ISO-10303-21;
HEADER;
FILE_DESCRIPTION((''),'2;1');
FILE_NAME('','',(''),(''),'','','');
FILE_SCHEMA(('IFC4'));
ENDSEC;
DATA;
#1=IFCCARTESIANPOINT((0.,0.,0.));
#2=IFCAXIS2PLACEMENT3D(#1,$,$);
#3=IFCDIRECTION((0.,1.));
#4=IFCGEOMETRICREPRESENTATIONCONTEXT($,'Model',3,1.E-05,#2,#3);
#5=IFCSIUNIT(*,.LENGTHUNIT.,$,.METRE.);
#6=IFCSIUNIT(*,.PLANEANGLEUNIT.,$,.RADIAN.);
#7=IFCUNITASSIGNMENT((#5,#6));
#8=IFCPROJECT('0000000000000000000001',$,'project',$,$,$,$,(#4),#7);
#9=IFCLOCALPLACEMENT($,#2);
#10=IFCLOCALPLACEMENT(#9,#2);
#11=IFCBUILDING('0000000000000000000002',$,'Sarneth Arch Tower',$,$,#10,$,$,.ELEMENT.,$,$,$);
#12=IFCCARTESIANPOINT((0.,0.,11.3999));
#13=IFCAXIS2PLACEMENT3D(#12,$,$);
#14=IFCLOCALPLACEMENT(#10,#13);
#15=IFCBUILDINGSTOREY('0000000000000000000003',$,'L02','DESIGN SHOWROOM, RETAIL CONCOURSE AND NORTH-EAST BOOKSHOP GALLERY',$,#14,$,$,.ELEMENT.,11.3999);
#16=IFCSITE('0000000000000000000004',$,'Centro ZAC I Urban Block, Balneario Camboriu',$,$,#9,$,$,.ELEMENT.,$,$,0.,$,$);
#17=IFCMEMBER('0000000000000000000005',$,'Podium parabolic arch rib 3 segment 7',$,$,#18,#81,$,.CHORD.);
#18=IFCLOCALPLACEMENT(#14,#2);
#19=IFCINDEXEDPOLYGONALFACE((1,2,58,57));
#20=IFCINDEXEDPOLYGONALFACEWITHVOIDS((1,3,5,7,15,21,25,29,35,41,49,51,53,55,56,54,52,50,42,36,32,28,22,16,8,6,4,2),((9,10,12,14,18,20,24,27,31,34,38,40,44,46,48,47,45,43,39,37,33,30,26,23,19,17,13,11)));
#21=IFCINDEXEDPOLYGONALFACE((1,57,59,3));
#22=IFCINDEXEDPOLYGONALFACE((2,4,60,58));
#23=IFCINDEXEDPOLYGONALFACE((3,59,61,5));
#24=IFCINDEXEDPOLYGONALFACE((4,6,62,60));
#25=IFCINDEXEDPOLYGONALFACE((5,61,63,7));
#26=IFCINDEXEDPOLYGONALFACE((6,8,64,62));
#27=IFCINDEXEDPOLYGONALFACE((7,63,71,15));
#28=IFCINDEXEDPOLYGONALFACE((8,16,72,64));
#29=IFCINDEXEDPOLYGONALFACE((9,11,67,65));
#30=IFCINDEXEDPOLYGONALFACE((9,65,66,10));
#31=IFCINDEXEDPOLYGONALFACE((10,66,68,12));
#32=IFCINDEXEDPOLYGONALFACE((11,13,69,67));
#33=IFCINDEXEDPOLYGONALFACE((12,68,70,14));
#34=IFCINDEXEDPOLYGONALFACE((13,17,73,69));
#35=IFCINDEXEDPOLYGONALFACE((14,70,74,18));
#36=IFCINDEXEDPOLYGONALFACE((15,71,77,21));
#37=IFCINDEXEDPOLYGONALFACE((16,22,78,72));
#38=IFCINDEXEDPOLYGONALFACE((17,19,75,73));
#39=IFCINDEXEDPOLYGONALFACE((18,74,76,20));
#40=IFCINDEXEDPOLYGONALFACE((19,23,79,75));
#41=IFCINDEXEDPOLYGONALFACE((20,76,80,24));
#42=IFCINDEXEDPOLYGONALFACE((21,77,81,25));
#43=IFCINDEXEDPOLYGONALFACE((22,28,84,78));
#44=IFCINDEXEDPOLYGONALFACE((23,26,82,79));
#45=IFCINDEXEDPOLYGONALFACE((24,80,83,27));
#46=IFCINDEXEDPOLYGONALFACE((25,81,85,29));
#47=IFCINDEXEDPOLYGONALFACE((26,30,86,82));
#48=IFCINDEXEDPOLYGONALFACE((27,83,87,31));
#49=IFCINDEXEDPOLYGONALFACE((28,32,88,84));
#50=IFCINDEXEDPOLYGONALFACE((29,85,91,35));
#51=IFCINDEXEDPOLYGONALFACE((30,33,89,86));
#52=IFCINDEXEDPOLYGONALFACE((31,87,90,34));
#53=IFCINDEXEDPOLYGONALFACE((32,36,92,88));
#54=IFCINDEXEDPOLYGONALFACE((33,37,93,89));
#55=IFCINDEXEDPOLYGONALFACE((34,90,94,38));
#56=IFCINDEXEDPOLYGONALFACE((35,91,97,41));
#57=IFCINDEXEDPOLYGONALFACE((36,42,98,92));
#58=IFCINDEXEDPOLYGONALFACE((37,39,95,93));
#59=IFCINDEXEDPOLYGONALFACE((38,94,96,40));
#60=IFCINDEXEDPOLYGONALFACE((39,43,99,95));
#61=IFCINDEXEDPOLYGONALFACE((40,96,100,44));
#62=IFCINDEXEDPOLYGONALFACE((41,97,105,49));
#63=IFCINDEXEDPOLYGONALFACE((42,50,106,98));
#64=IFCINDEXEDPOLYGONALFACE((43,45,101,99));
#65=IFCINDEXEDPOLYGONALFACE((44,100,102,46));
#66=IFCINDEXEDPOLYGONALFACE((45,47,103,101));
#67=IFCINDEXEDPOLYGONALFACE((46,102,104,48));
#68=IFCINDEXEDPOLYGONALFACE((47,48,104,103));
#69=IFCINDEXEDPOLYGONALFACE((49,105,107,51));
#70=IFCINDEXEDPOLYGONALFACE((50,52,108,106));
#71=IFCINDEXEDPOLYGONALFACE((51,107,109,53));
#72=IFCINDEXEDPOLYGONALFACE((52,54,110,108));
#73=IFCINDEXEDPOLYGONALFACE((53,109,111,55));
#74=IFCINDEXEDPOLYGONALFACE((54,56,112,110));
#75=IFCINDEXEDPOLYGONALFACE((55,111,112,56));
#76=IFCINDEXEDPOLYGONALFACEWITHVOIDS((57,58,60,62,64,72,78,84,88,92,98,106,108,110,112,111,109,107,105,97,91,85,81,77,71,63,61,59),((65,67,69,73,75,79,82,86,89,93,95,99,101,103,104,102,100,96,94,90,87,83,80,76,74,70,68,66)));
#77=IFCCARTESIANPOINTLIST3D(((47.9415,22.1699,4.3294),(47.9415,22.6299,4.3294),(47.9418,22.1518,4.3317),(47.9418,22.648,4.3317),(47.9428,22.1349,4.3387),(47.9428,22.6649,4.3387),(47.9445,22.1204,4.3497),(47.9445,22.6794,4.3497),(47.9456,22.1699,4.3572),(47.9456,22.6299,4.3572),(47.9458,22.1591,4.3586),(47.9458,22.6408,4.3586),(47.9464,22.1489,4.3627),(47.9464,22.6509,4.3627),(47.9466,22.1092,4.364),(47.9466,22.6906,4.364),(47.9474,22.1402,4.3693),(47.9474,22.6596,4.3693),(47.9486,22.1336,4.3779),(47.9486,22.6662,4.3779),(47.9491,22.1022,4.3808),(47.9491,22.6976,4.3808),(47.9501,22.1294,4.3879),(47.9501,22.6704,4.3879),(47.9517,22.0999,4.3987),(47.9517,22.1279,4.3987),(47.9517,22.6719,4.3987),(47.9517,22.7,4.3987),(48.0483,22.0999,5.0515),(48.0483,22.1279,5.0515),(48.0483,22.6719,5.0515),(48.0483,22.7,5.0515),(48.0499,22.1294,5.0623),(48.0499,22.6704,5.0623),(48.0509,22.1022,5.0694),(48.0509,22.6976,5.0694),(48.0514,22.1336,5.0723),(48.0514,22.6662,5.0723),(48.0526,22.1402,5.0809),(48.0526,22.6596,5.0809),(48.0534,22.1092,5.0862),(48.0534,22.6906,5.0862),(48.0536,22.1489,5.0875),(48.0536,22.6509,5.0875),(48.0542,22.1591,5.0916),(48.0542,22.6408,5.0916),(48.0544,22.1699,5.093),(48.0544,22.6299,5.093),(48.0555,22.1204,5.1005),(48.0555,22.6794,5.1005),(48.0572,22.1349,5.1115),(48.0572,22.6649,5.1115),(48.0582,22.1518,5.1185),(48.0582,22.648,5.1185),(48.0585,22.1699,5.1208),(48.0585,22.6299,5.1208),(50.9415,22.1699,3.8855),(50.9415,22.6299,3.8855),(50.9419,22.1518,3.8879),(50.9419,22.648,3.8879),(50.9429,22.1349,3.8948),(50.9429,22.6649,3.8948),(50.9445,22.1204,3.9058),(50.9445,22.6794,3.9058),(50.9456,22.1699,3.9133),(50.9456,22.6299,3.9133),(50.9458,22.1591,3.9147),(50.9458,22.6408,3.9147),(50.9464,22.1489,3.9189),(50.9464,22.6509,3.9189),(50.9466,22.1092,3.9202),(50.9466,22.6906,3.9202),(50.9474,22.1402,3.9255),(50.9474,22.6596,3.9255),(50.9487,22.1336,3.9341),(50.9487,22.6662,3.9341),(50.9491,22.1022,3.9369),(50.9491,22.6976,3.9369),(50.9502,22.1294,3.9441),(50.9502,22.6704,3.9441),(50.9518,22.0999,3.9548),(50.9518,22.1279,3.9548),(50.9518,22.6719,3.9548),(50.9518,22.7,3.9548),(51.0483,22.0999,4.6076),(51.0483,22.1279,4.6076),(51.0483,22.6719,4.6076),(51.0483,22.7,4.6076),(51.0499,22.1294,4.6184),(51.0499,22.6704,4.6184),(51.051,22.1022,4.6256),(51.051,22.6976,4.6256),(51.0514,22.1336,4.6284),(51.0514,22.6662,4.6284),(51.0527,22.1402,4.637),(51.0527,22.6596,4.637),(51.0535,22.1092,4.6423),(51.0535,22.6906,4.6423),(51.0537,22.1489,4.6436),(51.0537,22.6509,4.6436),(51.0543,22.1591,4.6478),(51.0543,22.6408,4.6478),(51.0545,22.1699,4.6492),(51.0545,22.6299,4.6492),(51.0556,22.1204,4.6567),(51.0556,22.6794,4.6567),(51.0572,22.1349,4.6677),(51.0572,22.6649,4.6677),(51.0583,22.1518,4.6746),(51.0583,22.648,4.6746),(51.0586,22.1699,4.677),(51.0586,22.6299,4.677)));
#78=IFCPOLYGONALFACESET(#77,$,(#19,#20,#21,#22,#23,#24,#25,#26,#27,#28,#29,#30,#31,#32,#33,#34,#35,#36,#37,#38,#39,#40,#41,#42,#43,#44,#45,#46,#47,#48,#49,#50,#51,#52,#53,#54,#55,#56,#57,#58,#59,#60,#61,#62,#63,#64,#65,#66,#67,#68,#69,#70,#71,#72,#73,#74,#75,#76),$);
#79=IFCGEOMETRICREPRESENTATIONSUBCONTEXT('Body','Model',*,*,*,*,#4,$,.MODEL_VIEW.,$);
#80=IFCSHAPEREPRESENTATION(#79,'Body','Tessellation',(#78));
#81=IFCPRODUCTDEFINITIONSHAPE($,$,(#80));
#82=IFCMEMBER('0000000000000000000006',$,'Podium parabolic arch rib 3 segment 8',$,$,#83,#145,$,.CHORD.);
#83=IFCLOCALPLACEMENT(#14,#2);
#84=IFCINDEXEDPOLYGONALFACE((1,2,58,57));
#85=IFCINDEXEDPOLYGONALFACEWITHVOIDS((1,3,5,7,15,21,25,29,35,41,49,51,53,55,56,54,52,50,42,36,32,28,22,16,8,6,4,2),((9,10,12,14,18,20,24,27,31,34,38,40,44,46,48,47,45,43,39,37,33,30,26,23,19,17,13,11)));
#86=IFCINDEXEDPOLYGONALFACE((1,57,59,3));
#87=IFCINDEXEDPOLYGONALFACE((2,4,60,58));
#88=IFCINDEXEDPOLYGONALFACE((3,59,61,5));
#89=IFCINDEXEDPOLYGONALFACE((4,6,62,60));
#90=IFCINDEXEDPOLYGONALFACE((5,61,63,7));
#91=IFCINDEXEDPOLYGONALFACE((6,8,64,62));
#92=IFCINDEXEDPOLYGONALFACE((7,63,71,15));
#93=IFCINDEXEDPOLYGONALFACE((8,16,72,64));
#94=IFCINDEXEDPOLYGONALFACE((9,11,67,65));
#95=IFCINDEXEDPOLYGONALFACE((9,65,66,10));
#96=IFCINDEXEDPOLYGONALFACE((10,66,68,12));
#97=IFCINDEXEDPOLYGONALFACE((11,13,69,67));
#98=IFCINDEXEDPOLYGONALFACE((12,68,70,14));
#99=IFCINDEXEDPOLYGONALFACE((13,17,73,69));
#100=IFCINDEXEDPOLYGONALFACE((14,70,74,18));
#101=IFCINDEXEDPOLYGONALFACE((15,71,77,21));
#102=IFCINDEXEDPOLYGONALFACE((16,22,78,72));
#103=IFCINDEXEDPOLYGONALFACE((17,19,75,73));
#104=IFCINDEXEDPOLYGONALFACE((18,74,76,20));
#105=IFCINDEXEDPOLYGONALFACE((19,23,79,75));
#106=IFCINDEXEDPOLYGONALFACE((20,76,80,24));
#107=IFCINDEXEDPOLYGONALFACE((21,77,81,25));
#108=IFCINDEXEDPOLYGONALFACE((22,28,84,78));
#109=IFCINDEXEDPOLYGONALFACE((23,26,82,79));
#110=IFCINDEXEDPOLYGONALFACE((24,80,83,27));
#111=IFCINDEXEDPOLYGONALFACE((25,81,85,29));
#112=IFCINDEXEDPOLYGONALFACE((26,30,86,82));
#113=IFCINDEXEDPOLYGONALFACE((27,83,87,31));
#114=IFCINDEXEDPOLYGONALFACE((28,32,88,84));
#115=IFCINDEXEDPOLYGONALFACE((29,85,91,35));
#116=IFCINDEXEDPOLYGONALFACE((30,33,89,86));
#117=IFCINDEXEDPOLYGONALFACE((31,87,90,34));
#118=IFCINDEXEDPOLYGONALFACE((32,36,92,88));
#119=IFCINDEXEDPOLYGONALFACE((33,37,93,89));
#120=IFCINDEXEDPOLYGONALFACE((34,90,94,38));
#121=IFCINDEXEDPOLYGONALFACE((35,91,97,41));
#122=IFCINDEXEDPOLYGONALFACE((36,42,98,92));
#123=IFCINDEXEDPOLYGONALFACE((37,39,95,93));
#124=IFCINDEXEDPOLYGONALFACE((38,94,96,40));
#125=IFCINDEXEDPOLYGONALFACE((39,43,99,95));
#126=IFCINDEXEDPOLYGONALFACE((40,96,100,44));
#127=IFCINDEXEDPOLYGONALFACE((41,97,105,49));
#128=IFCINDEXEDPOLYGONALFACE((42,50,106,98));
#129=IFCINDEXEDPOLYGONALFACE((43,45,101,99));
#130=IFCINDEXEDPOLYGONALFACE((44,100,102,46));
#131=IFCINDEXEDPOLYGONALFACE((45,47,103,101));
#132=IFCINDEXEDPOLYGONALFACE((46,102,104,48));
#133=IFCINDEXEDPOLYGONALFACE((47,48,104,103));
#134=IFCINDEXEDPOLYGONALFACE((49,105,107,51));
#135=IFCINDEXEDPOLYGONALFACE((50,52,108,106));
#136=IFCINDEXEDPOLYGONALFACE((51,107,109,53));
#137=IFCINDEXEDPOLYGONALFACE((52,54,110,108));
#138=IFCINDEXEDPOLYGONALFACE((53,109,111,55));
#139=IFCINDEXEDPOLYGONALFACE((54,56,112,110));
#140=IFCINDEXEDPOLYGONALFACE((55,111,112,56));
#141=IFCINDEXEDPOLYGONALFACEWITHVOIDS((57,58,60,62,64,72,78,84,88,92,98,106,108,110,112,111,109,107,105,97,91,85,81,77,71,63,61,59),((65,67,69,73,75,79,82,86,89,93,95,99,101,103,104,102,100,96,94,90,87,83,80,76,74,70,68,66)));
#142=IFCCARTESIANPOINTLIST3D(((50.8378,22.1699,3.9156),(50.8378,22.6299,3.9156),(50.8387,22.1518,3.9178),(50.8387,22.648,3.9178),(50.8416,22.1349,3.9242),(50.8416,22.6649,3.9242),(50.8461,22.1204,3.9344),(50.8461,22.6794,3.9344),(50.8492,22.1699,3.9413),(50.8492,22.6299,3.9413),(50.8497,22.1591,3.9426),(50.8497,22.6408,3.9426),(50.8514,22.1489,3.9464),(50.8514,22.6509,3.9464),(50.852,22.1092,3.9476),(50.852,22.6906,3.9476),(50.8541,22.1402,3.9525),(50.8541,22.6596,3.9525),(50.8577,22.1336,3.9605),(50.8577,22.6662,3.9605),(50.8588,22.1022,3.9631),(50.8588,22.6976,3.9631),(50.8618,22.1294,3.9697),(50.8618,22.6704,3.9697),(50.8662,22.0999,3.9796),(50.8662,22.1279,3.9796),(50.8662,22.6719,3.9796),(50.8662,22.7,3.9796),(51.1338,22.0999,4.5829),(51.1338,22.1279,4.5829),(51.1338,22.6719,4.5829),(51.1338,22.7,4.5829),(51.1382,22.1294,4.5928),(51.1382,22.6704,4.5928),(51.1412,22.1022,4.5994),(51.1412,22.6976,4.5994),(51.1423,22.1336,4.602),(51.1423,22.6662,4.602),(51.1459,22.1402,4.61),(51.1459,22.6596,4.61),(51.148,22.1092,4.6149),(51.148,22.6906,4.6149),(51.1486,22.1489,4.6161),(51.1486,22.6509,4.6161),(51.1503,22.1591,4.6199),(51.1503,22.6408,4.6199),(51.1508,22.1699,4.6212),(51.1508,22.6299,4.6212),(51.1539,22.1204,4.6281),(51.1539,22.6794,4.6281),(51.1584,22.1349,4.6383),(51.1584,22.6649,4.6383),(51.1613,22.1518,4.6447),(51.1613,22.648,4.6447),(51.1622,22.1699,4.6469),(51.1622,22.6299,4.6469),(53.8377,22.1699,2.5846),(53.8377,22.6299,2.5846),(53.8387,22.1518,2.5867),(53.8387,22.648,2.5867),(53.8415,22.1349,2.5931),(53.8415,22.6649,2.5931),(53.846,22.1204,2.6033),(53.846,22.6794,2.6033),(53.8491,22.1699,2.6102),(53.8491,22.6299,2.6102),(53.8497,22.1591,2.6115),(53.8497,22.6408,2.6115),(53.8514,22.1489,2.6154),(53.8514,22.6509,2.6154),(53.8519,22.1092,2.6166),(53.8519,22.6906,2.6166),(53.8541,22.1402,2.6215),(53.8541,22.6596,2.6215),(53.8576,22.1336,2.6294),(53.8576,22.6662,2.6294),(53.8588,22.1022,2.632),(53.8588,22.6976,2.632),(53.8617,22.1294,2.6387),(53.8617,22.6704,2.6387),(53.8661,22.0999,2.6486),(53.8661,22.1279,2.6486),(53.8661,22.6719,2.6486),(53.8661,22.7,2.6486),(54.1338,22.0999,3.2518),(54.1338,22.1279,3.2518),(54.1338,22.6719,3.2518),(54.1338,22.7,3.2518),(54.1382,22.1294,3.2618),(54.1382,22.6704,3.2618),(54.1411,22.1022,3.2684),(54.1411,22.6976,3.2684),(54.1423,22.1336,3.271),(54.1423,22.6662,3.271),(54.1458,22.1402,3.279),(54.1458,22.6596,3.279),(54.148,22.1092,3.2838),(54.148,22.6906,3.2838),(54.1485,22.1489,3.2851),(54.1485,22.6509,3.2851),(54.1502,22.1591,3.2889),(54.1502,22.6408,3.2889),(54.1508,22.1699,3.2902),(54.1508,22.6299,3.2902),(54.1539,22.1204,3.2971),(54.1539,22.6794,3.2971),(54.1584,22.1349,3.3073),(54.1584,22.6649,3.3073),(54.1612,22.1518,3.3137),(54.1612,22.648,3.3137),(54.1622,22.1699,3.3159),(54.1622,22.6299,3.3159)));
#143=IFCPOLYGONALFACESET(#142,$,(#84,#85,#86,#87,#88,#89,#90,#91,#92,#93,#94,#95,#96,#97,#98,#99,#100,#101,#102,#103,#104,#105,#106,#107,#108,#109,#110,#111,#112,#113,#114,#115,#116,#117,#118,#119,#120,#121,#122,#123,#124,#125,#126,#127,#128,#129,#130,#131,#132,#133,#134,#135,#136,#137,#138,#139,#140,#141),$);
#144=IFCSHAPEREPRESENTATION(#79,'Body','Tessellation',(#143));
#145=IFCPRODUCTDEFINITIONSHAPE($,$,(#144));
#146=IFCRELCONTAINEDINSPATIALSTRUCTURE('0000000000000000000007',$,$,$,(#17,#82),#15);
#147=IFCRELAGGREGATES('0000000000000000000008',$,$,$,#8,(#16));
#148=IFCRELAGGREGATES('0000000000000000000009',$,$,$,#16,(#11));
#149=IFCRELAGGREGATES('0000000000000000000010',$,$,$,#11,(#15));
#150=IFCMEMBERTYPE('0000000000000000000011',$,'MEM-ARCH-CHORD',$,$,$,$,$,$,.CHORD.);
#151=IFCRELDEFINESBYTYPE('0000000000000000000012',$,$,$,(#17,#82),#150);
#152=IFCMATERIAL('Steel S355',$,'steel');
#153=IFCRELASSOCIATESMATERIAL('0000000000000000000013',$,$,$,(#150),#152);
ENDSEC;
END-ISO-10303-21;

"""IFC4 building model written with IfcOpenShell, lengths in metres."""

from ifc_helpers import new_model, si_unit, direction, frame, origin, origin_2d, place, context, subcontext, project, spatial, hollow_rectangle, extrude, material, material_profile, profile_set, type_object, element, save


model = new_model("IFC4")

# Units and contexts
model_context = context("Model", 3, precision=1e-05, world=origin(), true_north=direction((0.0, 1.0)))
body_context = subcontext(model_context, "Body", "Model", "MODEL_VIEW")
ifc_project = project(units=[si_unit("LENGTHUNIT", "METRE"), si_unit("PLANEANGLEUNIT", "RADIAN")], contexts=[model_context])

# Site, building, storey
site_placement = place(None, origin())
site = spatial("IfcSite", under=ifc_project, at=site_placement, Name="Centro ZAC I Urban Block, Balneario Camboriu", CompositionType="ELEMENT", RefElevation=0.0)
building_placement = place(site_placement, origin())
building = spatial("IfcBuilding", under=site, at=building_placement, Name="Sarneth Arch Tower", CompositionType="ELEMENT")
storey_placement = place(building_placement, frame((0.0, 0.0, 11.3999)))
storey = spatial("IfcBuildingStorey", under=building, at=storey_placement, Name="L02", Description="DESIGN SHOWROOM, RETAIL CONCOURSE AND NORTH-EAST BOOKSHOP GALLERY", CompositionType="ELEMENT", Elevation=11.3999)

# Members
ifc_material_1 = material(Name="Steel S355", Category="steel")
ifc_material_profile_1 = material_profile(ifc_material_1, hollow_rectangle(XDim=0.6001, YDim=0.8, WallThickness=0.0281, InnerFilletRadius=0.042, OuterFilletRadius=0.0701, at=origin_2d()), Name="RHS800x600x28")
ifc_profile_set_1 = profile_set([ifc_material_profile_1], Name="Steel S355")
member_type_1 = type_object("IfcMemberType", Name="MEM-ARCH-CHORD", PredefinedType="CHORD", material=ifc_profile_set_1)
member_1_placement = place(storey_placement, frame((48.0, 22.3999, 4.7251), z_axis=(0.989232, 0.0, -0.146356), x_axis=(0.0, 1.0, 0.0)))
element("IfcMember", 1, at=member_1_placement, inside=storey, type_object=member_type_1, Name="Podium parabolic arch rib 3 segment 7", PredefinedType="CHORD", context=body_context, shape_type="SweptSolid", body=[
    extrude(hollow_rectangle(XDim=0.6001, YDim=0.8, WallThickness=0.0281, InnerFilletRadius=0.042, OuterFilletRadius=0.0701, at=origin_2d()), origin(), (0.0, 0.0, 1.0), 3.0327),
])
member_2_placement = place(storey_placement, frame((51.0, 22.3999, 4.2812), z_axis=(0.914069, 0.0, -0.405559), x_axis=(0.0, 1.0, 0.0)))
element("IfcMember", 2, at=member_2_placement, inside=storey, type_object=member_type_1, Name="Podium parabolic arch rib 3 segment 8", PredefinedType="CHORD", context=body_context, shape_type="SweptSolid", body=[
    extrude(hollow_rectangle(XDim=0.6001, YDim=0.8, WallThickness=0.0281, InnerFilletRadius=0.042, OuterFilletRadius=0.0701, at=origin_2d()), origin(), (0.0, 0.0, 1.0), 3.282),
])

save(model, "model.ifc")
